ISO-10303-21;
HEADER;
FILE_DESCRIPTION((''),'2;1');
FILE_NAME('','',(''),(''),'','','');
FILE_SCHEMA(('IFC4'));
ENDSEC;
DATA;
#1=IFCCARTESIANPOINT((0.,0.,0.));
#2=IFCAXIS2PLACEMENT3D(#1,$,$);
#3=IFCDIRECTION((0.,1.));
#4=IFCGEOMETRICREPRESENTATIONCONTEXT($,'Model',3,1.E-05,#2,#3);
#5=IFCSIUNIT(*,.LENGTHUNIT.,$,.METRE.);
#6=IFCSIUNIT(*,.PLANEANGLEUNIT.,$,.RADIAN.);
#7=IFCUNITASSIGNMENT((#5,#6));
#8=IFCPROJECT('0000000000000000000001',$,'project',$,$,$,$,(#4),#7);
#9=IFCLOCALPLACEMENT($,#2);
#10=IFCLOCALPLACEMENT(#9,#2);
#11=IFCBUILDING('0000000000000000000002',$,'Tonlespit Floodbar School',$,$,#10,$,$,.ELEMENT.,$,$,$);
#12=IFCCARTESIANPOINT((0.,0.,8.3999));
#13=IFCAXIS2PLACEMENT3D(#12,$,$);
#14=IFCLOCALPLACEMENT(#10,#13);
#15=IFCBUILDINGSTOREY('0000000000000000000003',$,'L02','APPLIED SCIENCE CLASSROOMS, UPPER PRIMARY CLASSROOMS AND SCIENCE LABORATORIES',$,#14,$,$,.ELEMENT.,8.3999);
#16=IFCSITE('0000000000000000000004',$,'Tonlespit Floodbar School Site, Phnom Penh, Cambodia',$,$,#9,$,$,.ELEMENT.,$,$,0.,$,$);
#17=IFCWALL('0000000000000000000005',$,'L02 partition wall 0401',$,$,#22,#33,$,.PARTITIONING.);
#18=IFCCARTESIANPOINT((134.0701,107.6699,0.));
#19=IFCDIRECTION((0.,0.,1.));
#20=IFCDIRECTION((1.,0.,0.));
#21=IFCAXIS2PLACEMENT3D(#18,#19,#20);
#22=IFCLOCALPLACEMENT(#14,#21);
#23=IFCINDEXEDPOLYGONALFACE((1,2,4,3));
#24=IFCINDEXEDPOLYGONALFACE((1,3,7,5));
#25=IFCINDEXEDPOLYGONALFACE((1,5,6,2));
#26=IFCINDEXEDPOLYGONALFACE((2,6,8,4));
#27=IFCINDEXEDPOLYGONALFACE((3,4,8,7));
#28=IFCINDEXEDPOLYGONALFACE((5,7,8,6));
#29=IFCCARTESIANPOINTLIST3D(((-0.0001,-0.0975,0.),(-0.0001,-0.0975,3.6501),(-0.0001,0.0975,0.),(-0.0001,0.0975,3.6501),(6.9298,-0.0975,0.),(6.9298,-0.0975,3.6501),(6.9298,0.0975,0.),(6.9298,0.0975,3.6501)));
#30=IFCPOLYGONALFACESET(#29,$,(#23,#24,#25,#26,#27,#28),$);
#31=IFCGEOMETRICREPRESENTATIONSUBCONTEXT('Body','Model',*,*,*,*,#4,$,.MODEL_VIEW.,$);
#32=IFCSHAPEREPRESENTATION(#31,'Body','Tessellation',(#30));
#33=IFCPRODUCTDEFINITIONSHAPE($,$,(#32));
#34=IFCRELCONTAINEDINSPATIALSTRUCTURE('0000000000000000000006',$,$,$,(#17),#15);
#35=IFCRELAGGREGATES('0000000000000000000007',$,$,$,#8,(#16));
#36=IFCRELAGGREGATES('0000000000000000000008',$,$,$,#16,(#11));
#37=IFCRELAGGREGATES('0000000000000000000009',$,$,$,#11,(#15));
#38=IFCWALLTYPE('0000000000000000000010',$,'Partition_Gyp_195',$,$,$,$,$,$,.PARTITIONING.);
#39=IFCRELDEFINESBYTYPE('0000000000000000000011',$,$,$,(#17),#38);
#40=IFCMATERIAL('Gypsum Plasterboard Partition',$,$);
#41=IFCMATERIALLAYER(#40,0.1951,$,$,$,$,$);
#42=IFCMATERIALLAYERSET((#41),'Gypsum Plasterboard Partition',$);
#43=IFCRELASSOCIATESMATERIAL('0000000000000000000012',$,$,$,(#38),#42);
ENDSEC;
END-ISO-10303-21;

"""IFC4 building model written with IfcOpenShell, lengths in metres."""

from ifc_helpers import new_model, si_unit, direction, frame, frame_2d, origin, place, context, subcontext, project, spatial, rectangle, extrude, material, layer, layer_set, type_object, element, save


model = new_model("IFC4")

# Units and contexts
model_context = context("Model", 3, precision=1e-05, world=origin(), true_north=direction((0.0, 1.0)))
body_context = subcontext(model_context, "Body", "Model", "MODEL_VIEW")
ifc_project = project(units=[si_unit("LENGTHUNIT", "METRE"), si_unit("PLANEANGLEUNIT", "RADIAN")], contexts=[model_context])

# Site, building, storey
site_placement = place(None, origin())
site = spatial("IfcSite", under=ifc_project, at=site_placement, Name="Tonlespit Floodbar School Site, Phnom Penh, Cambodia", CompositionType="ELEMENT", RefElevation=0.0)
building_placement = place(site_placement, origin())
building = spatial("IfcBuilding", under=site, at=building_placement, Name="Tonlespit Floodbar School", CompositionType="ELEMENT")
storey_placement = place(building_placement, frame((0.0, 0.0, 8.3999)))
storey = spatial("IfcBuildingStorey", under=building, at=storey_placement, Name="L02", Description="APPLIED SCIENCE CLASSROOMS, UPPER PRIMARY CLASSROOMS AND SCIENCE LABORATORIES", CompositionType="ELEMENT", Elevation=8.3999)

# Wall
ifc_material_1 = material(Name="Gypsum Plasterboard Partition")
ifc_layer_1 = layer(ifc_material_1, 0.1951)
ifc_layer_set_1 = layer_set([ifc_layer_1], Name="Gypsum Plasterboard Partition")
wall_type_1 = type_object("IfcWallType", Name="Partition_Gyp_195", PredefinedType="PARTITIONING", material=ifc_layer_set_1)
wall_1_placement = place(storey_placement, frame((134.0701, 107.6699, 0.0), z_axis=(0.0, 0.0, 1.0), x_axis=(1.0, 0.0, 0.0)))
element("IfcWall", 1, at=wall_1_placement, inside=storey, type_object=wall_type_1, Name="L02 partition wall 0401", PredefinedType="PARTITIONING", context=body_context, shape_type="SweptSolid", body=[
    extrude(rectangle(XDim=6.9299, YDim=0.1951, at=frame_2d((3.4648, 0.0))), origin(), (0.0, 0.0, 1.0), 3.6501),
])

save(model, "model.ifc")
